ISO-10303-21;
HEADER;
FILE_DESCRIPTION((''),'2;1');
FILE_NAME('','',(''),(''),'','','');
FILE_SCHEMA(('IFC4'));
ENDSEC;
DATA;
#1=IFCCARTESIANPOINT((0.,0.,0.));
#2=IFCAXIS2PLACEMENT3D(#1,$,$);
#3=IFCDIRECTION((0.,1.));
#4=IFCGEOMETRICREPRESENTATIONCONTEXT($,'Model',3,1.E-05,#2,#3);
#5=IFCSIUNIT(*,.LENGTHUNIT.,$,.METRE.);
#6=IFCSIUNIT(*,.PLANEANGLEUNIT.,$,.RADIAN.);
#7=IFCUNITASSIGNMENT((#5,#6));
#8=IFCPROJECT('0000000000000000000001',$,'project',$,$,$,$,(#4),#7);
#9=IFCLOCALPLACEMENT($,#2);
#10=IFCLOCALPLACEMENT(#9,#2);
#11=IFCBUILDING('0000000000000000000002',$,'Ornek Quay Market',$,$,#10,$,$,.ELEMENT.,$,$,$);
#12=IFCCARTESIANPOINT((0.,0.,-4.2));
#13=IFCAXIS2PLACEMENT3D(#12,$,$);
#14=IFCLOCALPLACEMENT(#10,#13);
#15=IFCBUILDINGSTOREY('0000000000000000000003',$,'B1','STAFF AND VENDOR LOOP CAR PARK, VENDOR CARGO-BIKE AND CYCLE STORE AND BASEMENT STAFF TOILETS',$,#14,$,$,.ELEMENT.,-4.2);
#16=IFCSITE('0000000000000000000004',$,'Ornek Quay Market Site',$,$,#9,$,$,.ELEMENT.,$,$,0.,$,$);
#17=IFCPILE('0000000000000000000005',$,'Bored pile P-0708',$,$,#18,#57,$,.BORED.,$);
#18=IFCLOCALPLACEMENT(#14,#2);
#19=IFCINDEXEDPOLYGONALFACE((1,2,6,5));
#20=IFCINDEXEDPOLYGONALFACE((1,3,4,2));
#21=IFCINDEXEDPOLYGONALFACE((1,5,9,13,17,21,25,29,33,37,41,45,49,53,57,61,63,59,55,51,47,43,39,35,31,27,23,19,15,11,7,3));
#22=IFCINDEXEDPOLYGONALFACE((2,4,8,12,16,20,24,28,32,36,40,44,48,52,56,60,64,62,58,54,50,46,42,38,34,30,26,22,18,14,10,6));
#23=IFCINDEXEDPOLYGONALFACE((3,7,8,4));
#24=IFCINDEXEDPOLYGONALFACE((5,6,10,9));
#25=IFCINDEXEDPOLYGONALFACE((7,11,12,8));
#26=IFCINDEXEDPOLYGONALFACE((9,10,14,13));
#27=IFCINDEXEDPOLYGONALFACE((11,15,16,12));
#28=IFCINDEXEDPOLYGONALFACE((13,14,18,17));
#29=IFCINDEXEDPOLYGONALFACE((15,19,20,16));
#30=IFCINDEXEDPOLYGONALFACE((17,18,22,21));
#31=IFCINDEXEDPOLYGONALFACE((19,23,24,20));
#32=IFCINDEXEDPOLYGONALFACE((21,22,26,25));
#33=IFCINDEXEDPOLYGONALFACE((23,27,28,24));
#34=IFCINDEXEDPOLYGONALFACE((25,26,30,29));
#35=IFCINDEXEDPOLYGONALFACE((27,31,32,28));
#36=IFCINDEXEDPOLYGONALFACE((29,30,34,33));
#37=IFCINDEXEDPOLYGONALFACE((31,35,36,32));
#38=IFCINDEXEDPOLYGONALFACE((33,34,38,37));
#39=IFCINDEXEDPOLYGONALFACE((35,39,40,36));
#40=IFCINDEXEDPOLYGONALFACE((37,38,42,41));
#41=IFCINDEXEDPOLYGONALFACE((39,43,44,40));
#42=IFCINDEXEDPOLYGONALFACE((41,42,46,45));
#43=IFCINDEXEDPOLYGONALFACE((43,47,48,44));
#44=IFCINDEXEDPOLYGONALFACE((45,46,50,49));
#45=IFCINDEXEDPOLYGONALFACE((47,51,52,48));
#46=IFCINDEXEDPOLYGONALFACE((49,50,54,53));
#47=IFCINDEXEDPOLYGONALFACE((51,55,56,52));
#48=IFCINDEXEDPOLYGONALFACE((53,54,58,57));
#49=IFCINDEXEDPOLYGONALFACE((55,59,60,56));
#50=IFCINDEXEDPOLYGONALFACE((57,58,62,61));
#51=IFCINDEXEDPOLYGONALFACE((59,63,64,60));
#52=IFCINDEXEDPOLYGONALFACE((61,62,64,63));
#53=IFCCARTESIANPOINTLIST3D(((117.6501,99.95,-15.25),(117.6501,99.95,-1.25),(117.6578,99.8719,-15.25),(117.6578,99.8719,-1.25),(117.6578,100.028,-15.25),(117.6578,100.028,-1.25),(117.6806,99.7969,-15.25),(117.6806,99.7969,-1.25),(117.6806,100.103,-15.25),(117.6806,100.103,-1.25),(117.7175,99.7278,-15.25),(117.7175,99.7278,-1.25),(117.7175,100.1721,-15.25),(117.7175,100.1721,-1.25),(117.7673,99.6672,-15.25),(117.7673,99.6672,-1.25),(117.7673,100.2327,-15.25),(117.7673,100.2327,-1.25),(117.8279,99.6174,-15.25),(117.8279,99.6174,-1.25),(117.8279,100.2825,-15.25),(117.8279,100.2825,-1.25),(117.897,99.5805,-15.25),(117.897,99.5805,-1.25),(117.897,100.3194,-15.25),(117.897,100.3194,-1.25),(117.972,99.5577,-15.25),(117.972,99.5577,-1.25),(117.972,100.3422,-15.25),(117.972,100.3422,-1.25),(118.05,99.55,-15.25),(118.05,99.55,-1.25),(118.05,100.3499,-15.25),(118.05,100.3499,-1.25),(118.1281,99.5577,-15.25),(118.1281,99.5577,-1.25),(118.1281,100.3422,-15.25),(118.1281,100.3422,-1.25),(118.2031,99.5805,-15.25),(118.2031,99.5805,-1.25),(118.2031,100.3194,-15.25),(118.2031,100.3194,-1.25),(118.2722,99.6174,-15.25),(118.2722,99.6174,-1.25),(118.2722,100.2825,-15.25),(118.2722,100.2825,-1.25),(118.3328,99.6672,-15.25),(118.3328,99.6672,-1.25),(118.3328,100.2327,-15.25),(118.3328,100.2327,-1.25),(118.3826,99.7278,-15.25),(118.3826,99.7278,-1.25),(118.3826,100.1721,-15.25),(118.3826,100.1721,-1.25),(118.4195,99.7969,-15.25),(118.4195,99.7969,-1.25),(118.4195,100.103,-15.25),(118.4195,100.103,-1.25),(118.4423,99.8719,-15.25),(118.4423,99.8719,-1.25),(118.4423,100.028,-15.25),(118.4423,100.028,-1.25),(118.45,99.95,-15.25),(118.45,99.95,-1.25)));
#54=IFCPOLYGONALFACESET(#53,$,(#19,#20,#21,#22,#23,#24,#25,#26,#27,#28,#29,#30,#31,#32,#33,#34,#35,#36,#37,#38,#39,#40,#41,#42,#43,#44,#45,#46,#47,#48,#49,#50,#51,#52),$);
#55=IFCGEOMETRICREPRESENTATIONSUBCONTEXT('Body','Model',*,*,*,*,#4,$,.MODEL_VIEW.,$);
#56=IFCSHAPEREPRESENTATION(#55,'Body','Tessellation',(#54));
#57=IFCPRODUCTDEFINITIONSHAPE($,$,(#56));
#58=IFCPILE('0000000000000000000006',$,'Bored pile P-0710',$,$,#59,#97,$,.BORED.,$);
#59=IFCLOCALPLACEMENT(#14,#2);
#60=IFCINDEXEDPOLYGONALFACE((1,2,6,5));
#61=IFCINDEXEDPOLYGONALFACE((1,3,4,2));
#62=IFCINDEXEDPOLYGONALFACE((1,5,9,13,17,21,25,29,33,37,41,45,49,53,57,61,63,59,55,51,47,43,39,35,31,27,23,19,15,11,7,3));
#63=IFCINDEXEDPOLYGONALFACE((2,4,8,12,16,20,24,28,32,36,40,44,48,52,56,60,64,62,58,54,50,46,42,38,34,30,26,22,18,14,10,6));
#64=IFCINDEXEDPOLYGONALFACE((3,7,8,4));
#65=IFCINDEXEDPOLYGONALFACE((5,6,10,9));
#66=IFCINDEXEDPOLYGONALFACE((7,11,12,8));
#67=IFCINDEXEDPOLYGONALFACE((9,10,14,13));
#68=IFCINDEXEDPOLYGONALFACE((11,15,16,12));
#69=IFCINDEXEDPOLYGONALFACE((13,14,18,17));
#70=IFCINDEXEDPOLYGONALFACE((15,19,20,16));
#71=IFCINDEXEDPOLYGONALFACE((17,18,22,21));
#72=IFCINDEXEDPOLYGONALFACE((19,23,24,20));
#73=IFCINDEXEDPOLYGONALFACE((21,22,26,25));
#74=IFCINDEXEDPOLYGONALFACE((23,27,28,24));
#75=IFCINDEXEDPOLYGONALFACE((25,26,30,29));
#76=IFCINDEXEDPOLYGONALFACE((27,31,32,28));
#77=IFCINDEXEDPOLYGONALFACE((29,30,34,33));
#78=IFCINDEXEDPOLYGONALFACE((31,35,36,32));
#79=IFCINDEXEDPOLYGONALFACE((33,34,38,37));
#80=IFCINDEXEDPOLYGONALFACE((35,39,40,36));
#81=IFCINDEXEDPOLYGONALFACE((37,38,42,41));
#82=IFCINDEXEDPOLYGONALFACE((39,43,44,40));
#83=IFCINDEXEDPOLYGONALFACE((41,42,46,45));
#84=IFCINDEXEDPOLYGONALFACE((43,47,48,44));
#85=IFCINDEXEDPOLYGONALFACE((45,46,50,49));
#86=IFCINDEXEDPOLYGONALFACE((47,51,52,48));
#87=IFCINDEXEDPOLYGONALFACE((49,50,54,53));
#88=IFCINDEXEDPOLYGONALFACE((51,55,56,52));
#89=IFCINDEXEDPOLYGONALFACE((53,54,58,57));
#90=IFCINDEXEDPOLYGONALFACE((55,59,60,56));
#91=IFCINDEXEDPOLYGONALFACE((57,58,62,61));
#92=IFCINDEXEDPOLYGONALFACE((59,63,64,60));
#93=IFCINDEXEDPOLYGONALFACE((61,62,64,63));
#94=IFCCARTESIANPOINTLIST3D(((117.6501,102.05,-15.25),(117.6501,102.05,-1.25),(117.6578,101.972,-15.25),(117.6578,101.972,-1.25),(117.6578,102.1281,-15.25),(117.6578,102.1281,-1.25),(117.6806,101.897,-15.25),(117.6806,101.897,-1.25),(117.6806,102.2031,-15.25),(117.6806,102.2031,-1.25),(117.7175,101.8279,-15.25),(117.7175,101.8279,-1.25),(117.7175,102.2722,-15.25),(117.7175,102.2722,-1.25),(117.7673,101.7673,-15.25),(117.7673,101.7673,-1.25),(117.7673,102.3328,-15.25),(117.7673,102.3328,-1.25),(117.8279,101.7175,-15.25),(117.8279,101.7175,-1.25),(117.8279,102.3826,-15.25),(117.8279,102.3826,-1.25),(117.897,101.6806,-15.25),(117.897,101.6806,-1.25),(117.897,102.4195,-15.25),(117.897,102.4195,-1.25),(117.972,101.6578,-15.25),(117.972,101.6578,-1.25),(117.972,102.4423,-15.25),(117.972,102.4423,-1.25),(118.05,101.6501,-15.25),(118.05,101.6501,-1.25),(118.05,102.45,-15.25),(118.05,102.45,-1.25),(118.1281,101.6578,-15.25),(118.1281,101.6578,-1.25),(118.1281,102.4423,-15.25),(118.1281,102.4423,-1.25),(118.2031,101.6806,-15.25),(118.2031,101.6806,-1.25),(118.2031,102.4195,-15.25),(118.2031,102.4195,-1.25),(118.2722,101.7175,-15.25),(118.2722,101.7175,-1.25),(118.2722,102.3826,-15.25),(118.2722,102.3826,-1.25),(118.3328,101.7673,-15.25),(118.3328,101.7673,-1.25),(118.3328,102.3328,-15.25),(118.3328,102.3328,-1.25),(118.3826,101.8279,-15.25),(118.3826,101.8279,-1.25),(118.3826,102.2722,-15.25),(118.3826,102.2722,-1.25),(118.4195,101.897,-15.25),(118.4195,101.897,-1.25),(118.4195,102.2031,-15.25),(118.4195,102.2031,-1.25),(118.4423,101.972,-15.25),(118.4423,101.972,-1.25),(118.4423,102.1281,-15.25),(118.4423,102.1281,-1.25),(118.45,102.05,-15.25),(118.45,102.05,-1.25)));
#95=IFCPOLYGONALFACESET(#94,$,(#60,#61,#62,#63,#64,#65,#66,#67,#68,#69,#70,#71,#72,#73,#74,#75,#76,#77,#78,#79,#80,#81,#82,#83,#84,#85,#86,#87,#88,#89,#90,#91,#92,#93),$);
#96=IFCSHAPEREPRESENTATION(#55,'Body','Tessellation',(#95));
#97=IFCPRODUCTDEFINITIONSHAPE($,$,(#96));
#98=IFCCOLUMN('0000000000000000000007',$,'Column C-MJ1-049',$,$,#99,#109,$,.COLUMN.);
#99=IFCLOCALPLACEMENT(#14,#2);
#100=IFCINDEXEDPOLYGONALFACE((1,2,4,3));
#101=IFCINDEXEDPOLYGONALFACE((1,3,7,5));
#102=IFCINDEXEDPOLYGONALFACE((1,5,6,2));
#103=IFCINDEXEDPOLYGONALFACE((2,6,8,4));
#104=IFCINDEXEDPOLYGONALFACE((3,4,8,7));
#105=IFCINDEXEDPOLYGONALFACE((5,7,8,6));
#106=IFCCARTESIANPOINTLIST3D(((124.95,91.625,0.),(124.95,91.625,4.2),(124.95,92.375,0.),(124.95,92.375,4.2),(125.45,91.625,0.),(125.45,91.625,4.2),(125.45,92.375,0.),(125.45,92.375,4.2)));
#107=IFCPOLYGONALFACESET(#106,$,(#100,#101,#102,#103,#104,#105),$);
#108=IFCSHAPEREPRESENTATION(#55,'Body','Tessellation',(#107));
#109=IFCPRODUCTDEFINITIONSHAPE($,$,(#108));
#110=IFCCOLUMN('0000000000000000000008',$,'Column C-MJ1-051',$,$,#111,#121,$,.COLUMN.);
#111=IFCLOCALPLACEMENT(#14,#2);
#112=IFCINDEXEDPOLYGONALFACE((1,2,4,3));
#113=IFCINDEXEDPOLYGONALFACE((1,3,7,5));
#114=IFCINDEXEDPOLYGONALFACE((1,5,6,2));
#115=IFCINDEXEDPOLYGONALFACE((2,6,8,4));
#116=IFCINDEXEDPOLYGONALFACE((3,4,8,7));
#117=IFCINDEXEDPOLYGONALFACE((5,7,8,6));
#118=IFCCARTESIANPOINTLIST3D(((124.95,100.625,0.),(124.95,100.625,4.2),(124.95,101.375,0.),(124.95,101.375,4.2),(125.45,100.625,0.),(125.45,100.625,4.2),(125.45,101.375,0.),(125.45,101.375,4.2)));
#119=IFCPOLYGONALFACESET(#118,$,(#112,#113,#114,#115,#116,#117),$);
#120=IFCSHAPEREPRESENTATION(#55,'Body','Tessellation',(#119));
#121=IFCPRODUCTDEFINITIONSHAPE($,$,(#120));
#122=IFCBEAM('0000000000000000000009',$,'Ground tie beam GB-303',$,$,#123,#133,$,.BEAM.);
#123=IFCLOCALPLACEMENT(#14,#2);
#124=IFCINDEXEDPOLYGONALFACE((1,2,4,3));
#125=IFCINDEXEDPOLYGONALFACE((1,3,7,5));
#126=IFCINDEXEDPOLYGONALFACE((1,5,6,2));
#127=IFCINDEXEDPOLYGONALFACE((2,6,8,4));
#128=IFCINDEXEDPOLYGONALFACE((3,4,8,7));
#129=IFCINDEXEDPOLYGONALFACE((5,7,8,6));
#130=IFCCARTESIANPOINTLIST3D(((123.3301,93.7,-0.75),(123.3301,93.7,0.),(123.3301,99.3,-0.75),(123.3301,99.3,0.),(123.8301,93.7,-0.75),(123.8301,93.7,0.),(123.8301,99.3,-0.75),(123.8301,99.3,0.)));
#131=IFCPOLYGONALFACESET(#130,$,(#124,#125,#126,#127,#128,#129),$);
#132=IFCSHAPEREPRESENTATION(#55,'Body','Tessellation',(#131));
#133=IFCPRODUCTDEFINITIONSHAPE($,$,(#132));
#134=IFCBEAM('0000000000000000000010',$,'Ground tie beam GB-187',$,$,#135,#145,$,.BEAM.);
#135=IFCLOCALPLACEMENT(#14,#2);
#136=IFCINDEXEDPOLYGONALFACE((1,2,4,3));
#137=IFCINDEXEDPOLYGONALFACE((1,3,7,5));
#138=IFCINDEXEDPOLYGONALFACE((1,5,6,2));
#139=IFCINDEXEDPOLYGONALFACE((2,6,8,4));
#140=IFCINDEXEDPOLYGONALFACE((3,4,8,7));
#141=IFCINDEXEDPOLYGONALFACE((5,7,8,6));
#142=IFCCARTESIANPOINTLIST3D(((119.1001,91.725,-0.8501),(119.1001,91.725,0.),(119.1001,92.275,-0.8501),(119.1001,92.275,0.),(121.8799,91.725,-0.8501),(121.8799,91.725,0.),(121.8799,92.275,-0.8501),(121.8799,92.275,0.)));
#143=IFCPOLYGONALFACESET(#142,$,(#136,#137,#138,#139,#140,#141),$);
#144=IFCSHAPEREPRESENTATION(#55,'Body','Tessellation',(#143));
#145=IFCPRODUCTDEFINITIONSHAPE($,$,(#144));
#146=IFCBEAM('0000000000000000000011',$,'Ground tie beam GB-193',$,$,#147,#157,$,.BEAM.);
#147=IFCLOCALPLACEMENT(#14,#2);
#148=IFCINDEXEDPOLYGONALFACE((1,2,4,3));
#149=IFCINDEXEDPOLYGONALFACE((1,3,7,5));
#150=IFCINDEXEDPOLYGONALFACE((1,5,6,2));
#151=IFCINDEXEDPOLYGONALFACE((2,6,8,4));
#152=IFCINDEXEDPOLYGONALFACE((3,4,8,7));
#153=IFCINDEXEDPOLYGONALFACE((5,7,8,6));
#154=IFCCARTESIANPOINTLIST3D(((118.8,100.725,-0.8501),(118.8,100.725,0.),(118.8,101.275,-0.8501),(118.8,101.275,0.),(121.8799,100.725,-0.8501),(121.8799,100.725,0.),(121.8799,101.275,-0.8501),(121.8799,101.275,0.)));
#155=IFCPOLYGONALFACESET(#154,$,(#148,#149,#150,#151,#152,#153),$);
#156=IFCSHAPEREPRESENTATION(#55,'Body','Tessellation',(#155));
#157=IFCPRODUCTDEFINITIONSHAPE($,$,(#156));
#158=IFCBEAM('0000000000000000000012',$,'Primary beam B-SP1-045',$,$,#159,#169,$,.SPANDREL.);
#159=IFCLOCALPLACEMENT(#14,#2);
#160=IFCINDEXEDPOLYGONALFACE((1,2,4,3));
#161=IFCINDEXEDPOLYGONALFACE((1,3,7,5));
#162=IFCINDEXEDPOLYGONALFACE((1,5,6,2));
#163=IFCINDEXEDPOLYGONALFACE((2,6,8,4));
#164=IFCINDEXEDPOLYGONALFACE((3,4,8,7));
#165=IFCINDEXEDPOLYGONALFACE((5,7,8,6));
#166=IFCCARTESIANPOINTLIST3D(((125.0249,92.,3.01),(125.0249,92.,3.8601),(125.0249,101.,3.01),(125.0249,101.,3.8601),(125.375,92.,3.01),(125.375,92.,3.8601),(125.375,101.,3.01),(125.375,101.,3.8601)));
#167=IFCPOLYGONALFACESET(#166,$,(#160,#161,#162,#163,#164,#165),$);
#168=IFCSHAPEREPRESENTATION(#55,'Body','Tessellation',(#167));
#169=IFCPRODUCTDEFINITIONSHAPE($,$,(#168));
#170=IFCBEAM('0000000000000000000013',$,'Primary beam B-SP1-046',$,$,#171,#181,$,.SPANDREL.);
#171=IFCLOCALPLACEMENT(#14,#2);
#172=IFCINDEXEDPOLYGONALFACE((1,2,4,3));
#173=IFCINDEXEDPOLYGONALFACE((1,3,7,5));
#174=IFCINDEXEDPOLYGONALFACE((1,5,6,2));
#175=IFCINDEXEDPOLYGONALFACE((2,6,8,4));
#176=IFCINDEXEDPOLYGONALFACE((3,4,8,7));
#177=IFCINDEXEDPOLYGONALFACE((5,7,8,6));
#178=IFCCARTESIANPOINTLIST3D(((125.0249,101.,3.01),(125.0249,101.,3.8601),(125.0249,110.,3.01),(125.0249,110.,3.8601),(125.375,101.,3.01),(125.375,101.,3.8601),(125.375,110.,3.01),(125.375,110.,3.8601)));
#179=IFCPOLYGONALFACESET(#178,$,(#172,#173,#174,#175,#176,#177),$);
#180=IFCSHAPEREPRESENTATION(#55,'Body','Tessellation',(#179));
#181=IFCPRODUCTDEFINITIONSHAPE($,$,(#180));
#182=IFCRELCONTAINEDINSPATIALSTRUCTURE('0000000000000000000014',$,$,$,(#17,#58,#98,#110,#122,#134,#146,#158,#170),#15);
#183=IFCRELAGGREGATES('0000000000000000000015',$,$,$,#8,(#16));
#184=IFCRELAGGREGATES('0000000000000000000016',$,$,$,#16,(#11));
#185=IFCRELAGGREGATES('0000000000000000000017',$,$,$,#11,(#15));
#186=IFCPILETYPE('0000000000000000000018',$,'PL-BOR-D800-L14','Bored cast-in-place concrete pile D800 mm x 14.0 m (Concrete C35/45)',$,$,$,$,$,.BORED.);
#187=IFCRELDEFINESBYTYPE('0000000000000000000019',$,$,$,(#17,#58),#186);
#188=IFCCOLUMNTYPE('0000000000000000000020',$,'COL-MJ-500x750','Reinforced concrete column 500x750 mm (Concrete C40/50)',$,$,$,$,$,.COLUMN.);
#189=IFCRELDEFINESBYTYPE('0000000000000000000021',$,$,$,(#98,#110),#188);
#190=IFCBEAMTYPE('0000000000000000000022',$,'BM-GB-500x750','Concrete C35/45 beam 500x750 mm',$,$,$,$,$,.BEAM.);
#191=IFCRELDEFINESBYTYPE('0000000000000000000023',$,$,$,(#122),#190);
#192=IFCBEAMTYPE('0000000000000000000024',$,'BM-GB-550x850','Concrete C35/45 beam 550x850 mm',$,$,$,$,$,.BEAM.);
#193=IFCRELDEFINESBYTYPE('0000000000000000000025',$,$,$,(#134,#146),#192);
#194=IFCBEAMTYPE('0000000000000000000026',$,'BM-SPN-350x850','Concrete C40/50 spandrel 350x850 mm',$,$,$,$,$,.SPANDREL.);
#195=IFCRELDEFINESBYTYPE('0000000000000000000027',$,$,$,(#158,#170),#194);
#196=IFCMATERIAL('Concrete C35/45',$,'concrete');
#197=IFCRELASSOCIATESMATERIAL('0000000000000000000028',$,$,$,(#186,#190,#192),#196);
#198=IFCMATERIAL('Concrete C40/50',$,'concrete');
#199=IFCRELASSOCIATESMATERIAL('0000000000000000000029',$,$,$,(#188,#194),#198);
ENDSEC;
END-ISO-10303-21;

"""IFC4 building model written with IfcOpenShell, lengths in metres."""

from ifc_helpers import new_model, si_unit, direction, frame, origin, origin_2d, place, context, subcontext, project, spatial, rectangle, circle, extrude, material, material_profile, profile_set, type_object, element, save


model = new_model("IFC4")

# Units and contexts
model_context = context("Model", 3, precision=1e-05, world=origin(), true_north=direction((0.0, 1.0)))
body_context = subcontext(model_context, "Body", "Model", "MODEL_VIEW")
ifc_project = project(units=[si_unit("LENGTHUNIT", "METRE"), si_unit("PLANEANGLEUNIT", "RADIAN")], contexts=[model_context])

# Site, building, storey
site_placement = place(None, origin())
site = spatial("IfcSite", under=ifc_project, at=site_placement, Name="Ornek Quay Market Site", CompositionType="ELEMENT", RefElevation=0.0)
building_placement = place(site_placement, origin())
building = spatial("IfcBuilding", under=site, at=building_placement, Name="Ornek Quay Market", CompositionType="ELEMENT")
storey_placement = place(building_placement, frame((0.0, 0.0, -4.2)))
storey = spatial("IfcBuildingStorey", under=building, at=storey_placement, Name="B1", Description="STAFF AND VENDOR LOOP CAR PARK, VENDOR CARGO-BIKE AND CYCLE STORE AND BASEMENT STAFF TOILETS", CompositionType="ELEMENT", Elevation=-4.2)

# Piles
ifc_material_1 = material(Name="Concrete C35/45", Category="concrete")
ifc_material_profile_1 = material_profile(ifc_material_1, circle(Radius=0.3999, at=origin_2d()), Name="PILE D800", Category="concrete")
ifc_profile_set_1 = profile_set([ifc_material_profile_1], Name="Concrete C35/45")
pile_type_1 = type_object("IfcPileType", Name="PL-BOR-D800-L14", Description="Bored cast-in-place concrete pile D800 mm x 14.0 m (Concrete C35/45)", PredefinedType="BORED", material=ifc_profile_set_1)
for number, where, z_axis, x_axis, name in (
    (1, (118.05, 99.95, -1.25), (0.0, 0.0, -1.0), (1.0, 0.0, 0.0), "Bored pile P-0708"),
    (2, (118.05, 102.05, -1.25), (0.0, 0.0, -1.0), (1.0, 0.0, 0.0), "Bored pile P-0710"),
):
    element("IfcPile", number, at=place(storey_placement, frame(where, z_axis=z_axis, x_axis=x_axis)), inside=storey, type_object=pile_type_1, Name=name, PredefinedType="BORED", context=body_context, shape_type="SweptSolid", body=[
        extrude(circle(Radius=0.3999, at=origin_2d()), origin(), (0.0, 0.0, 1.0), 14.0),
    ])

# Columns
ifc_material_2 = material(Name="Concrete C40/50", Category="concrete")
ifc_material_profile_2 = material_profile(ifc_material_2, rectangle(XDim=0.5, YDim=0.75, at=origin_2d()), Name="RC 500x750", Category="concrete")
ifc_profile_set_2 = profile_set([ifc_material_profile_2], Name="Concrete C40/50")
column_type = type_object("IfcColumnType", Name="COL-MJ-500x750", Description="Reinforced concrete column 500x750 mm (Concrete C40/50)", PredefinedType="COLUMN", material=ifc_profile_set_2)
for number, where, z_axis, x_axis, name in (
    (3, (125.2, 92.0, 0.0), (0.0, 0.0, 1.0), (1.0, 0.0, 0.0), "Column C-MJ1-049"),
    (4, (125.2, 101.0, 0.0), (0.0, 0.0, 1.0), (1.0, 0.0, 0.0), "Column C-MJ1-051"),
):
    element("IfcColumn", number, at=place(storey_placement, frame(where, z_axis=z_axis, x_axis=x_axis)), inside=storey, type_object=column_type, Name=name, PredefinedType="COLUMN", context=body_context, shape_type="SweptSolid", body=[
        extrude(rectangle(XDim=0.5, YDim=0.75, at=origin_2d()), origin(), (0.0, 0.0, 1.0), 4.2),
    ])

# Beams
ifc_material_profile_3 = material_profile(ifc_material_1, rectangle(XDim=0.5, YDim=0.75, at=origin_2d()), Name="RC 500x750", Category="concrete")
ifc_profile_set_3 = profile_set([ifc_material_profile_3], Name="Concrete C35/45")
beam_type_1 = type_object("IfcBeamType", Name="BM-GB-500x750", Description="Concrete C35/45 beam 500x750 mm", PredefinedType="BEAM", material=ifc_profile_set_3)
beam_1_placement = place(storey_placement, frame((123.5801, 93.7, -0.375), z_axis=(0.0, 1.0, 0.0), x_axis=(-1.0, 0.0, 0.0)))
element("IfcBeam", 5, at=beam_1_placement, inside=storey, type_object=beam_type_1, Name="Ground tie beam GB-303", PredefinedType="BEAM", context=body_context, shape_type="SweptSolid", body=[
    extrude(rectangle(XDim=0.5, YDim=0.75, at=origin_2d()), origin(), (0.0, 0.0, 1.0), 5.6001),
])
ifc_material_profile_4 = material_profile(ifc_material_1, rectangle(XDim=0.55, YDim=0.8501, at=origin_2d()), Name="RC 550x850", Category="concrete")
ifc_profile_set_4 = profile_set([ifc_material_profile_4], Name="Concrete C35/45")
beam_type_2 = type_object("IfcBeamType", Name="BM-GB-550x850", Description="Concrete C35/45 beam 550x850 mm", PredefinedType="BEAM", material=ifc_profile_set_4)
beam_2_placement = place(storey_placement, frame((119.1001, 92.0, -0.425), z_axis=(1.0, 0.0, 0.0), x_axis=(0.0, 1.0, 0.0)))
element("IfcBeam", 6, at=beam_2_placement, inside=storey, type_object=beam_type_2, Name="Ground tie beam GB-187", PredefinedType="BEAM", context=body_context, shape_type="SweptSolid", body=[
    extrude(rectangle(XDim=0.55, YDim=0.8501, at=origin_2d()), origin(), (0.0, 0.0, 1.0), 2.7798),
])
beam_3_placement = place(storey_placement, frame((118.8, 101.0, -0.425), z_axis=(1.0, 0.0, 0.0), x_axis=(0.0, 1.0, 0.0)))
element("IfcBeam", 7, at=beam_3_placement, inside=storey, type_object=beam_type_2, Name="Ground tie beam GB-193", PredefinedType="BEAM", context=body_context, shape_type="SweptSolid", body=[
    extrude(rectangle(XDim=0.55, YDim=0.8501, at=origin_2d()), origin(), (0.0, 0.0, 1.0), 3.0798),
])
ifc_material_profile_5 = material_profile(ifc_material_2, rectangle(XDim=0.3501, YDim=0.8501, at=origin_2d()), Name="RC 350x850", Category="concrete")
ifc_profile_set_5 = profile_set([ifc_material_profile_5], Name="Concrete C40/50")
beam_type_3 = type_object("IfcBeamType", Name="BM-SPN-350x850", Description="Concrete C40/50 spandrel 350x850 mm", PredefinedType="SPANDREL", material=ifc_profile_set_5)
for number, where, z_axis, x_axis, name in (
    (8, (125.2, 92.0, 3.4351), (0.0, 1.0, 0.0), (-1.0, 0.0, 0.0), "Primary beam B-SP1-045"),
    (9, (125.2, 101.0, 3.4351), (0.0, 1.0, 0.0), (-1.0, 0.0, 0.0), "Primary beam B-SP1-046"),
):
    element("IfcBeam", number, at=place(storey_placement, frame(where, z_axis=z_axis, x_axis=x_axis)), inside=storey, type_object=beam_type_3, Name=name, PredefinedType="SPANDREL", context=body_context, shape_type="SweptSolid", body=[
        extrude(rectangle(XDim=0.3501, YDim=0.8501, at=origin_2d()), origin(), (0.0, 0.0, 1.0), 9.0),
    ])

save(model, "model.ifc")
